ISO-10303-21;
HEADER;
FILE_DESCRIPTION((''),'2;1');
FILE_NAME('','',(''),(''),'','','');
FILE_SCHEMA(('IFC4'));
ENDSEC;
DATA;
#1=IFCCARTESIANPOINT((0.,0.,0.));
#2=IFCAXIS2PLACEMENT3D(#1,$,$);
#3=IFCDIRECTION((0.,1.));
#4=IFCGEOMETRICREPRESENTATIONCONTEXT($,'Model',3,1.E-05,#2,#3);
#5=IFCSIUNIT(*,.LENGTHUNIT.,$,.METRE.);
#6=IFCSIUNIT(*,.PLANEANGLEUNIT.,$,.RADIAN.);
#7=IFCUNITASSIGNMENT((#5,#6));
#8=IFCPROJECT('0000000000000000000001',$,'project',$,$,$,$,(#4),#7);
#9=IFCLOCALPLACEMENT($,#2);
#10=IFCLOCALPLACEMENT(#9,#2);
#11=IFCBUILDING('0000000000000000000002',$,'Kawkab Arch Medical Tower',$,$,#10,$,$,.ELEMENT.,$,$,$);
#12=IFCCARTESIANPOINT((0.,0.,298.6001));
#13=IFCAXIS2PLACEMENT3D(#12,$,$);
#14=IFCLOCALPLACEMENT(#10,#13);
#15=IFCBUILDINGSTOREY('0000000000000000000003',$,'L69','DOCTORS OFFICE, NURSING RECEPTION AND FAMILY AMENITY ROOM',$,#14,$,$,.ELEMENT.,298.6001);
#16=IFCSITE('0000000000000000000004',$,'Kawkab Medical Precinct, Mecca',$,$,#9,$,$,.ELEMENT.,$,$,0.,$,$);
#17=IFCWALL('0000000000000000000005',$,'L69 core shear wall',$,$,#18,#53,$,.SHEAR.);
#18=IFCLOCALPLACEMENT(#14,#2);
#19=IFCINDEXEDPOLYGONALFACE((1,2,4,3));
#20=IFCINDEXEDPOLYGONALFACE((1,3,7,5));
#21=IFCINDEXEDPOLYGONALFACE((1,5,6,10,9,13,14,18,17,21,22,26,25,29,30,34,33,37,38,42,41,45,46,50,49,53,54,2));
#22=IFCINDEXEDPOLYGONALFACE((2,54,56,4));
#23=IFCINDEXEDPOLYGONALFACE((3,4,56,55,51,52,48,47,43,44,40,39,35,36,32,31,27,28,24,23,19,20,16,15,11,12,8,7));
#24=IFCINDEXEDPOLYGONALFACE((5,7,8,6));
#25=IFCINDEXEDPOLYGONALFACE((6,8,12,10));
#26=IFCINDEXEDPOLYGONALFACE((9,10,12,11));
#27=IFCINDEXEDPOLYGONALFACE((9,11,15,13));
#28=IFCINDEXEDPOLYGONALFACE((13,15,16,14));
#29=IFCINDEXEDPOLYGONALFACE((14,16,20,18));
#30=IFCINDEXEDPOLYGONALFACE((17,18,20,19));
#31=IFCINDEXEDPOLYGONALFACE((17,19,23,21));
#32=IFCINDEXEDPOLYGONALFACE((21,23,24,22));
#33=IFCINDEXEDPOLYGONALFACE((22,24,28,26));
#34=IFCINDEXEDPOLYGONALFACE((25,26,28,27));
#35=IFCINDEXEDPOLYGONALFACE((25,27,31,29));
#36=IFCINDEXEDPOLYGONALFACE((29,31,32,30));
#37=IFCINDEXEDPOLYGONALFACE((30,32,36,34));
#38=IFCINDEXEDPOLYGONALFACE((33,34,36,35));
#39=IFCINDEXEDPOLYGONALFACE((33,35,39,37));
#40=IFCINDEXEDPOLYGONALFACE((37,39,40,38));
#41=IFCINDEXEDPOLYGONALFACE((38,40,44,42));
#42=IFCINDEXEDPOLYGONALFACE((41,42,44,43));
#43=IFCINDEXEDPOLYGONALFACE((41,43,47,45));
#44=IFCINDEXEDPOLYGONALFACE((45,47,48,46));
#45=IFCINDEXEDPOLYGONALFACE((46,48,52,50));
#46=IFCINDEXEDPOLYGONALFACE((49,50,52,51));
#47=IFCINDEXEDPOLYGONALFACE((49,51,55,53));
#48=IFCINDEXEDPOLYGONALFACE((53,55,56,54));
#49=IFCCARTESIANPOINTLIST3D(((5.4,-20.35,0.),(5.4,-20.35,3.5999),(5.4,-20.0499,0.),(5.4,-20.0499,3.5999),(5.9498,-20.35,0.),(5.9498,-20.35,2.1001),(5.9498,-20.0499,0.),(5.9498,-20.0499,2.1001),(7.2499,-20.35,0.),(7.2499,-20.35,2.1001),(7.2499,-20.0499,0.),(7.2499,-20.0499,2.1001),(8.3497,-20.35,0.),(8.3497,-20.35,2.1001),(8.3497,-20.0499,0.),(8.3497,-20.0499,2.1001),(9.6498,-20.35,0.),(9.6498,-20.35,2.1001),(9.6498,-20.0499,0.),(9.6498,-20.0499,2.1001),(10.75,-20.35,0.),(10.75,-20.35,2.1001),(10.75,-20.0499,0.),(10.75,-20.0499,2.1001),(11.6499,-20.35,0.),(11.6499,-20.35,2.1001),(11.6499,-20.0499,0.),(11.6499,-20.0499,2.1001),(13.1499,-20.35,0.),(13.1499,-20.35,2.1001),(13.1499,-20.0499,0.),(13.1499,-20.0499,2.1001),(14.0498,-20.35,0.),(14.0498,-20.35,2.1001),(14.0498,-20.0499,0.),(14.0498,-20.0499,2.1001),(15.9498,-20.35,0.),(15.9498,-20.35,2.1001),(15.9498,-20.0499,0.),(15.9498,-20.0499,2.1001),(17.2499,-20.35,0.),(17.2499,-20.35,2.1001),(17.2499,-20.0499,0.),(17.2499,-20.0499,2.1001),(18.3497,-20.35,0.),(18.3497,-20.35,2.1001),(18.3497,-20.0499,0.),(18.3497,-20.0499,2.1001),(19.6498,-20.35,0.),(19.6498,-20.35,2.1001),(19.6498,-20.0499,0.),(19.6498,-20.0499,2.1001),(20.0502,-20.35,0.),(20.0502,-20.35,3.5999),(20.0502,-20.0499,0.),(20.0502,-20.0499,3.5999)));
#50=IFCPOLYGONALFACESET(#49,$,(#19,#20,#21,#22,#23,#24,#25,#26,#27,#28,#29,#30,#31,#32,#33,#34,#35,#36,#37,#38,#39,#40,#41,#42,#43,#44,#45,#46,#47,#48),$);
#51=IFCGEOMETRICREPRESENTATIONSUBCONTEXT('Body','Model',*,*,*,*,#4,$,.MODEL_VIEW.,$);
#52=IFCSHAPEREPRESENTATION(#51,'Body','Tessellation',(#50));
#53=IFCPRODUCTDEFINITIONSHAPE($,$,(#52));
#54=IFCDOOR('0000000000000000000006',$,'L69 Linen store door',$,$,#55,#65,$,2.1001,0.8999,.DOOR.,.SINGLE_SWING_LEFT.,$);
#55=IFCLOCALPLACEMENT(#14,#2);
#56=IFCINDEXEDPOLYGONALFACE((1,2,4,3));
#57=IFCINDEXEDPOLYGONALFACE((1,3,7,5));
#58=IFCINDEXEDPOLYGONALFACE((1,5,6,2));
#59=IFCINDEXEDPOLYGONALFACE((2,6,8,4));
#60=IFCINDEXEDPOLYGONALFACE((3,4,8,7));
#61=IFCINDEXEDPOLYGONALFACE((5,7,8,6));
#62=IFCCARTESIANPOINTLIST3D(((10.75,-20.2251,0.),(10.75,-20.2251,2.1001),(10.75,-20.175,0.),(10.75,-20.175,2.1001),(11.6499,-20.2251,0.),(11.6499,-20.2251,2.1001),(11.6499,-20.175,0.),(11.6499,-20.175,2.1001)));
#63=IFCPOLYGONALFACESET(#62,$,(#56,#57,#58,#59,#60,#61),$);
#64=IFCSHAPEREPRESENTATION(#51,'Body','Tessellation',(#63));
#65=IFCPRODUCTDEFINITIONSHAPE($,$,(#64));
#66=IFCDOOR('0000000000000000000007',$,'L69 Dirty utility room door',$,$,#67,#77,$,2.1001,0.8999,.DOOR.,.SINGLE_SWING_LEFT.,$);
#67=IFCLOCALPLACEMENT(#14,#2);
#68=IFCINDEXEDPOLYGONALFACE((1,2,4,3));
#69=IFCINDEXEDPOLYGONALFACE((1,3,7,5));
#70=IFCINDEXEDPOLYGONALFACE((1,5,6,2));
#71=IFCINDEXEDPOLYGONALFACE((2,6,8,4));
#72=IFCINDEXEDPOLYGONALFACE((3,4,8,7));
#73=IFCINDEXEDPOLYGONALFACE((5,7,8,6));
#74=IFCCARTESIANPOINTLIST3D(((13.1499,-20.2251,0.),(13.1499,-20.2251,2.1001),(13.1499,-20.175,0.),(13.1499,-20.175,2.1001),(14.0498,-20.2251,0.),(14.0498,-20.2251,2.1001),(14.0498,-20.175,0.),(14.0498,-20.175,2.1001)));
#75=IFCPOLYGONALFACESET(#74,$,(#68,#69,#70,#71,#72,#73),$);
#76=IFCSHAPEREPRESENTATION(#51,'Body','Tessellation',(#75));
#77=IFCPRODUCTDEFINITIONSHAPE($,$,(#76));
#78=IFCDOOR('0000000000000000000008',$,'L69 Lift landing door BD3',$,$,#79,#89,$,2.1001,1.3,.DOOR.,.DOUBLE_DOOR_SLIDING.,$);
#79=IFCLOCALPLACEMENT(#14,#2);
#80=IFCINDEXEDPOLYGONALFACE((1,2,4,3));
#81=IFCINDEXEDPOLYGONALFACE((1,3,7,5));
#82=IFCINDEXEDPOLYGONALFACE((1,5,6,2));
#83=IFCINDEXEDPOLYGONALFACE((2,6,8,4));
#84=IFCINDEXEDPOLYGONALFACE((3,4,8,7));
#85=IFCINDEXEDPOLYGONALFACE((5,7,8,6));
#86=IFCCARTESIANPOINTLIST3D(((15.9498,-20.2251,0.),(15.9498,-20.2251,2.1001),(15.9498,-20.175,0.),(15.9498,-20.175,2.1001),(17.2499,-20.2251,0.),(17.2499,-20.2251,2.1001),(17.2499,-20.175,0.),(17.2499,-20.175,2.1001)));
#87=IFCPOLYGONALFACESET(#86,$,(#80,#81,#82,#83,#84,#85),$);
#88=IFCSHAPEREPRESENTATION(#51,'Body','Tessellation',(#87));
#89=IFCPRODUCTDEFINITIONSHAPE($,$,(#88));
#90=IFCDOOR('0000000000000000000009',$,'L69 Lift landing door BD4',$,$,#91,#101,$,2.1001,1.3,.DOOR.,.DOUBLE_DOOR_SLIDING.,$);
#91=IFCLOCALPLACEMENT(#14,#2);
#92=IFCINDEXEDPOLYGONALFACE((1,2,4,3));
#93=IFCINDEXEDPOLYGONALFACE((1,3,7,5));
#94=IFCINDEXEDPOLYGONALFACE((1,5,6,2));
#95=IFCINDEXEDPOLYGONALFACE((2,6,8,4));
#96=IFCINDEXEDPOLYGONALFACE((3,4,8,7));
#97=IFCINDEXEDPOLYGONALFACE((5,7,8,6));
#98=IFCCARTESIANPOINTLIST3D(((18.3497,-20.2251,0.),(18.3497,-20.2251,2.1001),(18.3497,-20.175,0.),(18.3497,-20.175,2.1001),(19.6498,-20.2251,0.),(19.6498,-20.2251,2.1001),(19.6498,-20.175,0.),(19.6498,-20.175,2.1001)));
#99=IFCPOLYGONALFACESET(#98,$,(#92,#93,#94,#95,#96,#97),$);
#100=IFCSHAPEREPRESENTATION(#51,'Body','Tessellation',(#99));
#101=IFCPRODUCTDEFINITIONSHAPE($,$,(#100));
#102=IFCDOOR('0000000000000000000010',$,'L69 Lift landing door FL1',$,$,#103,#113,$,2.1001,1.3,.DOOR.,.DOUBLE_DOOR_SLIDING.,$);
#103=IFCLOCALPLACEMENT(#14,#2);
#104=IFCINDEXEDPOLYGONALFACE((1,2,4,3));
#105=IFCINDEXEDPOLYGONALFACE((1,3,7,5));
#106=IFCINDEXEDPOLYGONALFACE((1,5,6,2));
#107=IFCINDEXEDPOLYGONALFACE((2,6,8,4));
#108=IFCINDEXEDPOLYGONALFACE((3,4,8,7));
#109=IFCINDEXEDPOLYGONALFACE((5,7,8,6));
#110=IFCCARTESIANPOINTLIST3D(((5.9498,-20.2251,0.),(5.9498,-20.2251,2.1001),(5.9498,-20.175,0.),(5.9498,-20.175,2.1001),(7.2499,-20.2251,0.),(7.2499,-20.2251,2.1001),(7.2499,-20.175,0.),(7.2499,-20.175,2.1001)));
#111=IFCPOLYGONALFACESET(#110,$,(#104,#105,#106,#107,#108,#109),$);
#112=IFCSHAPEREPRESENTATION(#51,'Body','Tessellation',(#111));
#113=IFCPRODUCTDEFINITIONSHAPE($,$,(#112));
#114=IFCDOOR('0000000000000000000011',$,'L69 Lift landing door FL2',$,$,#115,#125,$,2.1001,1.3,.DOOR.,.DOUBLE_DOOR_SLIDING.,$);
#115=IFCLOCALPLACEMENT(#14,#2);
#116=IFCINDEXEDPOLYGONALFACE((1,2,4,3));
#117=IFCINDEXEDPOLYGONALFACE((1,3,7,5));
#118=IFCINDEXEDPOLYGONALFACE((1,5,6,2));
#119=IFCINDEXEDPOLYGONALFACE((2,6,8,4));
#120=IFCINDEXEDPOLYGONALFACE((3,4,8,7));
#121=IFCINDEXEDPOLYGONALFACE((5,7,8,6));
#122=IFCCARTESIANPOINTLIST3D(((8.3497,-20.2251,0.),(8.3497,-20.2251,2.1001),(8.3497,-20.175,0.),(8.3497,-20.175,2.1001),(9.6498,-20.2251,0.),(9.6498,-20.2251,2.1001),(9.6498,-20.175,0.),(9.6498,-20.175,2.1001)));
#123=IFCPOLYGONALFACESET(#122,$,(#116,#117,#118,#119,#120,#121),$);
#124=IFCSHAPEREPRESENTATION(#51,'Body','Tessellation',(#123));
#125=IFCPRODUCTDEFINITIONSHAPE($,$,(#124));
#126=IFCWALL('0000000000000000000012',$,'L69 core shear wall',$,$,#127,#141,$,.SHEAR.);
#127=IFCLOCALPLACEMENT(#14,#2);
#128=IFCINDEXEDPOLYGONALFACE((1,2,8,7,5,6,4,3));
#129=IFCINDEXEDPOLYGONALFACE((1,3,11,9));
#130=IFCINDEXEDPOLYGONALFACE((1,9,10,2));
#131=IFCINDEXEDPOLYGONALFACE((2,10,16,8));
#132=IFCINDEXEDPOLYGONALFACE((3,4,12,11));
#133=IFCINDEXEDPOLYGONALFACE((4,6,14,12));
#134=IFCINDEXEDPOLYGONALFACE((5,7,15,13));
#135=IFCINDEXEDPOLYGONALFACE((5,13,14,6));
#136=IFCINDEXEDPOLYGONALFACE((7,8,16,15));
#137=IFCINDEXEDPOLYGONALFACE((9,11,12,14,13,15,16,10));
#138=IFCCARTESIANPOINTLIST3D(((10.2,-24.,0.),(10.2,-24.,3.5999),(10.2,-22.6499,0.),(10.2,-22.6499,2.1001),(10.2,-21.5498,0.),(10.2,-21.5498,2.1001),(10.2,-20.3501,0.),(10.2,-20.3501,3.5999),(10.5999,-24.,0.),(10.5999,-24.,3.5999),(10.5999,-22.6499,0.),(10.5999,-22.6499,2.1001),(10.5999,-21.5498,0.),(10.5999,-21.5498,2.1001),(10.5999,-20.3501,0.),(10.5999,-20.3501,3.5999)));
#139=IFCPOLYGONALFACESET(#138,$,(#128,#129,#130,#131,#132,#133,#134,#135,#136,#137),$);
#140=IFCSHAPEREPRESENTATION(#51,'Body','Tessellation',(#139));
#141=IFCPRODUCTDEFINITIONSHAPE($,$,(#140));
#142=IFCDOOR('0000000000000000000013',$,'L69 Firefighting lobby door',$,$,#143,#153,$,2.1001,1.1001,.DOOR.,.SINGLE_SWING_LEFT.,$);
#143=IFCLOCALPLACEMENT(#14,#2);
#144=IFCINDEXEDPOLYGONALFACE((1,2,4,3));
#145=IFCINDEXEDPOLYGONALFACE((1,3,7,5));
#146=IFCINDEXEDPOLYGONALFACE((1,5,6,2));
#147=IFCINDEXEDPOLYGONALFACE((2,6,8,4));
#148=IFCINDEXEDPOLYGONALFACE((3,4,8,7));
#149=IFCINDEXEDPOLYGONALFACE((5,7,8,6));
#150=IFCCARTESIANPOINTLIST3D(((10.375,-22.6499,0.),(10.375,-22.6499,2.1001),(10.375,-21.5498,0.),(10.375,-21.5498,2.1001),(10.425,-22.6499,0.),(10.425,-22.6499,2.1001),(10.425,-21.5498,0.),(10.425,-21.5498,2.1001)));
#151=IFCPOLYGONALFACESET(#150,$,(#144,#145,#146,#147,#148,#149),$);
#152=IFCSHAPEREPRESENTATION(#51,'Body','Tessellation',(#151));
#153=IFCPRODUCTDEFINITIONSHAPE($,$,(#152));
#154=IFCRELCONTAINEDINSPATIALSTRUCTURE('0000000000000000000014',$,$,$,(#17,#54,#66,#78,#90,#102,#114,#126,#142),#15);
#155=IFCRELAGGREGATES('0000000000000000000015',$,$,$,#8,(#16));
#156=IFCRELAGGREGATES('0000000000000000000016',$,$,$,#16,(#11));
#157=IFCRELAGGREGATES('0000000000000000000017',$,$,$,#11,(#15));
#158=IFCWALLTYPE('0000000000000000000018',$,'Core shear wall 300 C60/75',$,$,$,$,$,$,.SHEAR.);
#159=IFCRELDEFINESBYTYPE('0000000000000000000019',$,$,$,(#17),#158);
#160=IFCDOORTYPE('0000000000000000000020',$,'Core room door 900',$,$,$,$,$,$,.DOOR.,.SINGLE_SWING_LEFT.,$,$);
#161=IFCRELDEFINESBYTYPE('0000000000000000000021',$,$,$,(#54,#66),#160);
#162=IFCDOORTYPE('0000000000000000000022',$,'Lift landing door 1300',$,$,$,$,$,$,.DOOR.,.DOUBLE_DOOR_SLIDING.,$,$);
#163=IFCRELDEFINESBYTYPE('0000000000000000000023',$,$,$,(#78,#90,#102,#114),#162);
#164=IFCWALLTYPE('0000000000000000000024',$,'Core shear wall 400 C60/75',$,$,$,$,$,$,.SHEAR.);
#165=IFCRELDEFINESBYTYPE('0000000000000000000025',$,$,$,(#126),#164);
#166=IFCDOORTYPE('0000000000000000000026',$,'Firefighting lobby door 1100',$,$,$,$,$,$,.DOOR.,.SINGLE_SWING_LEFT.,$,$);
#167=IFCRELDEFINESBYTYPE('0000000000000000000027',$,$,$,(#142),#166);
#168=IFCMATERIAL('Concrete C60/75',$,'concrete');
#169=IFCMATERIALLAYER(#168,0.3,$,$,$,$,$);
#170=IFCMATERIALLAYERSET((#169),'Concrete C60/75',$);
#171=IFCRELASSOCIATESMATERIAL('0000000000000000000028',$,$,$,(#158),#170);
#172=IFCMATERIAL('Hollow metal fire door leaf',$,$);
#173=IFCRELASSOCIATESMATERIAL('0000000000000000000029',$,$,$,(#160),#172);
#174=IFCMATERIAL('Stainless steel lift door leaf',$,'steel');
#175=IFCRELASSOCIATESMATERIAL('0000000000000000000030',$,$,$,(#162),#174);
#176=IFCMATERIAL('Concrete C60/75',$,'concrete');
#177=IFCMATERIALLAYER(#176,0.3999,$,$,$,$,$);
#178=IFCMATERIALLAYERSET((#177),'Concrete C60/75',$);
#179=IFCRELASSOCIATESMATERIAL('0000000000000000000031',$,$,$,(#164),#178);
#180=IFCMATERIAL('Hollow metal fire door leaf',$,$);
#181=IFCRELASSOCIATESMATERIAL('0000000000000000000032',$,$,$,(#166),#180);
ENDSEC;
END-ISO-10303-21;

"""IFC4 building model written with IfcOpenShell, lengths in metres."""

from ifc_helpers import new_model, si_unit, direction, frame, frame_2d, origin, place, context, subcontext, project, spatial, rectangle, extrude, material, layer, layer_set, type_object, element, fill, save


model = new_model("IFC4")

# Units and contexts
model_context = context("Model", 3, precision=1e-05, world=origin(), true_north=direction((0.0, 1.0)))
body_context = subcontext(model_context, "Body", "Model", "MODEL_VIEW")
ifc_project = project(units=[si_unit("LENGTHUNIT", "METRE"), si_unit("PLANEANGLEUNIT", "RADIAN")], contexts=[model_context])

# Site, building, storey
site_placement = place(None, origin())
site = spatial("IfcSite", under=ifc_project, at=site_placement, Name="Kawkab Medical Precinct, Mecca", CompositionType="ELEMENT", RefElevation=0.0)
building_placement = place(site_placement, origin())
building = spatial("IfcBuilding", under=site, at=building_placement, Name="Kawkab Arch Medical Tower", CompositionType="ELEMENT")
storey_placement = place(building_placement, frame((0.0, 0.0, 298.6001)))
storey = spatial("IfcBuildingStorey", under=building, at=storey_placement, Name="L69", Description="DOCTORS OFFICE, NURSING RECEPTION AND FAMILY AMENITY ROOM", CompositionType="ELEMENT", Elevation=298.6001)

# Wall, openings, doors
ifc_material_1 = material(Name="Concrete C60/75", Category="concrete")
ifc_layer_1 = layer(ifc_material_1, 0.3)
ifc_layer_set_1 = layer_set([ifc_layer_1], Name="Concrete C60/75")
wall_type_1 = type_object("IfcWallType", Name="Core shear wall 300 C60/75", PredefinedType="SHEAR", material=ifc_layer_set_1)
wall_1_placement = place(storey_placement, frame((5.3999, -20.2, 0.0), z_axis=(0.0, 0.0, 1.0), x_axis=(1.0, 0.0, 0.0)))
wall_1 = element("IfcWall", 1, at=wall_1_placement, inside=storey, type_object=wall_type_1, Name="L69 core shear wall", PredefinedType="SHEAR", context=body_context, shape_type="SweptSolid", body=[
    extrude(rectangle(XDim=14.6501, YDim=0.3, at=frame_2d((7.3252, 0.0))), origin(), (0.0, 0.0, 1.0), 3.5999),
])
opening_1_placement = place(wall_1_placement, frame((10.55, 0.0, 0.0)))
opening_1 = element("IfcOpeningElement", 2, at=opening_1_placement, cuts=wall_1, PredefinedType="OPENING", context=body_context, shape_type="SweptSolid", body=[
    extrude(rectangle(XDim=1.3, YDim=2.1001, at=frame_2d((0.6499, 1.05))), frame((0.0, 0.1599, 0.0), z_axis=(0.0, -1.0, 0.0), x_axis=(1.0, 0.0, 0.0)), (0.0, 0.0, 1.0), 0.3201),
])
opening_2_placement = place(wall_1_placement, frame((12.95, 0.0, 0.0)))
opening_2 = element("IfcOpeningElement", 3, at=opening_2_placement, cuts=wall_1, PredefinedType="OPENING", context=body_context, shape_type="SweptSolid", body=[
    extrude(rectangle(XDim=1.3, YDim=2.1001, at=frame_2d((0.6499, 1.05))), frame((0.0, 0.1599, 0.0), z_axis=(0.0, -1.0, 0.0), x_axis=(1.0, 0.0, 0.0)), (0.0, 0.0, 1.0), 0.3201),
])
opening_3_placement = place(wall_1_placement, frame((0.55, 0.0, 0.0)))
opening_3 = element("IfcOpeningElement", 4, at=opening_3_placement, cuts=wall_1, PredefinedType="OPENING", context=body_context, shape_type="SweptSolid", body=[
    extrude(rectangle(XDim=1.3, YDim=2.1001, at=frame_2d((0.6499, 1.05))), frame((0.0, 0.1599, 0.0), z_axis=(0.0, -1.0, 0.0), x_axis=(1.0, 0.0, 0.0)), (0.0, 0.0, 1.0), 0.3201),
])
opening_4_placement = place(wall_1_placement, frame((2.95, 0.0, 0.0)))
opening_4 = element("IfcOpeningElement", 5, at=opening_4_placement, cuts=wall_1, PredefinedType="OPENING", context=body_context, shape_type="SweptSolid", body=[
    extrude(rectangle(XDim=1.3, YDim=2.1001, at=frame_2d((0.6499, 1.05))), frame((0.0, 0.1599, 0.0), z_axis=(0.0, -1.0, 0.0), x_axis=(1.0, 0.0, 0.0)), (0.0, 0.0, 1.0), 0.3201),
])
opening_5_placement = place(wall_1_placement, frame((5.3501, 0.0, 0.0)))
opening_5 = element("IfcOpeningElement", 6, at=opening_5_placement, cuts=wall_1, PredefinedType="OPENING", context=body_context, shape_type="SweptSolid", body=[
    extrude(rectangle(XDim=0.8999, YDim=2.1001, at=frame_2d((0.45, 1.05))), frame((0.0, 0.1599, 0.0), z_axis=(0.0, -1.0, 0.0), x_axis=(1.0, 0.0, 0.0)), (0.0, 0.0, 1.0), 0.3201),
])
opening_6_placement = place(wall_1_placement, frame((7.75, 0.0, 0.0)))
opening_6 = element("IfcOpeningElement", 7, at=opening_6_placement, cuts=wall_1, PredefinedType="OPENING", context=body_context, shape_type="SweptSolid", body=[
    extrude(rectangle(XDim=0.8999, YDim=2.1001, at=frame_2d((0.45, 1.05))), frame((0.0, 0.1599, 0.0), z_axis=(0.0, -1.0, 0.0), x_axis=(1.0, 0.0, 0.0)), (0.0, 0.0, 1.0), 0.3201),
])
ifc_material_2 = material(Name="Hollow metal fire door leaf")
door_type_1 = type_object("IfcDoorType", Name="Core room door 900", OperationType="SINGLE_SWING_LEFT", PredefinedType="DOOR", material=ifc_material_2)
door_1_placement = place(opening_5_placement, origin())
door_1 = element("IfcDoor", 8, at=door_1_placement, inside=storey, type_object=door_type_1, Name="L69 Linen store door", OperationType="SINGLE_SWING_LEFT", OverallHeight=2.1001, OverallWidth=0.8999, PredefinedType="DOOR", context=body_context, shape_type="SweptSolid", body=[
    extrude(rectangle(XDim=0.8999, YDim=2.1001, at=frame_2d((0.45, 1.05))), frame((0.0, 0.0249, 0.0), z_axis=(0.0, -1.0, 0.0), x_axis=(1.0, 0.0, 0.0)), (0.0, 0.0, 1.0), 0.05),
])
fill(opening_5, door_1)
door_2_placement = place(opening_6_placement, origin())
door_2 = element("IfcDoor", 9, at=door_2_placement, inside=storey, type_object=door_type_1, Name="L69 Dirty utility room door", OperationType="SINGLE_SWING_LEFT", OverallHeight=2.1001, OverallWidth=0.8999, PredefinedType="DOOR", context=body_context, shape_type="SweptSolid", body=[
    extrude(rectangle(XDim=0.8999, YDim=2.1001, at=frame_2d((0.45, 1.05))), frame((0.0, 0.0249, 0.0), z_axis=(0.0, -1.0, 0.0), x_axis=(1.0, 0.0, 0.0)), (0.0, 0.0, 1.0), 0.05),
])
fill(opening_6, door_2)
ifc_material_3 = material(Name="Stainless steel lift door leaf", Category="steel")
door_type_2 = type_object("IfcDoorType", Name="Lift landing door 1300", OperationType="DOUBLE_DOOR_SLIDING", PredefinedType="DOOR", material=ifc_material_3)
door_3_placement = place(opening_1_placement, origin())
door_3 = element("IfcDoor", 10, at=door_3_placement, inside=storey, type_object=door_type_2, Name="L69 Lift landing door BD3", OperationType="DOUBLE_DOOR_SLIDING", OverallHeight=2.1001, OverallWidth=1.3, PredefinedType="DOOR", context=body_context, shape_type="SweptSolid", body=[
    extrude(rectangle(XDim=1.3, YDim=2.1001, at=frame_2d((0.6499, 1.05))), frame((0.0, 0.0249, 0.0), z_axis=(0.0, -1.0, 0.0), x_axis=(1.0, 0.0, 0.0)), (0.0, 0.0, 1.0), 0.05),
])
fill(opening_1, door_3)
door_4_placement = place(opening_2_placement, origin())
door_4 = element("IfcDoor", 11, at=door_4_placement, inside=storey, type_object=door_type_2, Name="L69 Lift landing door BD4", OperationType="DOUBLE_DOOR_SLIDING", OverallHeight=2.1001, OverallWidth=1.3, PredefinedType="DOOR", context=body_context, shape_type="SweptSolid", body=[
    extrude(rectangle(XDim=1.3, YDim=2.1001, at=frame_2d((0.6499, 1.05))), frame((0.0, 0.0249, 0.0), z_axis=(0.0, -1.0, 0.0), x_axis=(1.0, 0.0, 0.0)), (0.0, 0.0, 1.0), 0.05),
])
fill(opening_2, door_4)
door_5_placement = place(opening_3_placement, origin())
door_5 = element("IfcDoor", 12, at=door_5_placement, inside=storey, type_object=door_type_2, Name="L69 Lift landing door FL1", OperationType="DOUBLE_DOOR_SLIDING", OverallHeight=2.1001, OverallWidth=1.3, PredefinedType="DOOR", context=body_context, shape_type="SweptSolid", body=[
    extrude(rectangle(XDim=1.3, YDim=2.1001, at=frame_2d((0.6499, 1.05))), frame((0.0, 0.0249, 0.0), z_axis=(0.0, -1.0, 0.0), x_axis=(1.0, 0.0, 0.0)), (0.0, 0.0, 1.0), 0.05),
])
fill(opening_3, door_5)
door_6_placement = place(opening_4_placement, origin())
door_6 = element("IfcDoor", 13, at=door_6_placement, inside=storey, type_object=door_type_2, Name="L69 Lift landing door FL2", OperationType="DOUBLE_DOOR_SLIDING", OverallHeight=2.1001, OverallWidth=1.3, PredefinedType="DOOR", context=body_context, shape_type="SweptSolid", body=[
    extrude(rectangle(XDim=1.3, YDim=2.1001, at=frame_2d((0.6499, 1.05))), frame((0.0, 0.0249, 0.0), z_axis=(0.0, -1.0, 0.0), x_axis=(1.0, 0.0, 0.0)), (0.0, 0.0, 1.0), 0.05),
])
fill(opening_4, door_6)

# Wall, opening, door
ifc_material_4 = material(Name="Concrete C60/75", Category="concrete")
ifc_layer_2 = layer(ifc_material_4, 0.3999)
ifc_layer_set_2 = layer_set([ifc_layer_2], Name="Concrete C60/75")
wall_type_2 = type_object("IfcWallType", Name="Core shear wall 400 C60/75", PredefinedType="SHEAR", material=ifc_layer_set_2)
wall_2_placement = place(storey_placement, frame((10.3999, -24.0, 0.0), z_axis=(0.0, 0.0, 1.0), x_axis=(0.0, 1.0, 0.0)))
wall_2 = element("IfcWall", 14, at=wall_2_placement, inside=storey, type_object=wall_type_2, Name="L69 core shear wall", PredefinedType="SHEAR", context=body_context, shape_type="SweptSolid", body=[
    extrude(rectangle(XDim=3.6499, YDim=0.3999, at=frame_2d((1.825, 0.0))), origin(), (0.0, 0.0, 1.0), 3.5999),
])
opening_7_placement = place(wall_2_placement, frame((1.3501, 0.0, 0.0)))
opening_7 = element("IfcOpeningElement", 15, at=opening_7_placement, cuts=wall_2, PredefinedType="OPENING", context=body_context, shape_type="SweptSolid", body=[
    extrude(rectangle(XDim=1.1001, YDim=2.1001, at=frame_2d((0.55, 1.05))), frame((0.0, 0.21, 0.0), z_axis=(0.0, -1.0, 0.0), x_axis=(1.0, 0.0, 0.0)), (0.0, 0.0, 1.0), 0.4199),
])
ifc_material_5 = material(Name="Hollow metal fire door leaf")
door_type_3 = type_object("IfcDoorType", Name="Firefighting lobby door 1100", OperationType="SINGLE_SWING_LEFT", PredefinedType="DOOR", material=ifc_material_5)
door_7_placement = place(opening_7_placement, origin())
door_7 = element("IfcDoor", 16, at=door_7_placement, inside=storey, type_object=door_type_3, Name="L69 Firefighting lobby door", OperationType="SINGLE_SWING_LEFT", OverallHeight=2.1001, OverallWidth=1.1001, PredefinedType="DOOR", context=body_context, shape_type="SweptSolid", body=[
    extrude(rectangle(XDim=1.1001, YDim=2.1001, at=frame_2d((0.55, 1.05))), frame((0.0, 0.0249, 0.0), z_axis=(0.0, -1.0, 0.0), x_axis=(1.0, 0.0, 0.0)), (0.0, 0.0, 1.0), 0.05),
])
fill(opening_7, door_7)

save(model, "model.ifc")
